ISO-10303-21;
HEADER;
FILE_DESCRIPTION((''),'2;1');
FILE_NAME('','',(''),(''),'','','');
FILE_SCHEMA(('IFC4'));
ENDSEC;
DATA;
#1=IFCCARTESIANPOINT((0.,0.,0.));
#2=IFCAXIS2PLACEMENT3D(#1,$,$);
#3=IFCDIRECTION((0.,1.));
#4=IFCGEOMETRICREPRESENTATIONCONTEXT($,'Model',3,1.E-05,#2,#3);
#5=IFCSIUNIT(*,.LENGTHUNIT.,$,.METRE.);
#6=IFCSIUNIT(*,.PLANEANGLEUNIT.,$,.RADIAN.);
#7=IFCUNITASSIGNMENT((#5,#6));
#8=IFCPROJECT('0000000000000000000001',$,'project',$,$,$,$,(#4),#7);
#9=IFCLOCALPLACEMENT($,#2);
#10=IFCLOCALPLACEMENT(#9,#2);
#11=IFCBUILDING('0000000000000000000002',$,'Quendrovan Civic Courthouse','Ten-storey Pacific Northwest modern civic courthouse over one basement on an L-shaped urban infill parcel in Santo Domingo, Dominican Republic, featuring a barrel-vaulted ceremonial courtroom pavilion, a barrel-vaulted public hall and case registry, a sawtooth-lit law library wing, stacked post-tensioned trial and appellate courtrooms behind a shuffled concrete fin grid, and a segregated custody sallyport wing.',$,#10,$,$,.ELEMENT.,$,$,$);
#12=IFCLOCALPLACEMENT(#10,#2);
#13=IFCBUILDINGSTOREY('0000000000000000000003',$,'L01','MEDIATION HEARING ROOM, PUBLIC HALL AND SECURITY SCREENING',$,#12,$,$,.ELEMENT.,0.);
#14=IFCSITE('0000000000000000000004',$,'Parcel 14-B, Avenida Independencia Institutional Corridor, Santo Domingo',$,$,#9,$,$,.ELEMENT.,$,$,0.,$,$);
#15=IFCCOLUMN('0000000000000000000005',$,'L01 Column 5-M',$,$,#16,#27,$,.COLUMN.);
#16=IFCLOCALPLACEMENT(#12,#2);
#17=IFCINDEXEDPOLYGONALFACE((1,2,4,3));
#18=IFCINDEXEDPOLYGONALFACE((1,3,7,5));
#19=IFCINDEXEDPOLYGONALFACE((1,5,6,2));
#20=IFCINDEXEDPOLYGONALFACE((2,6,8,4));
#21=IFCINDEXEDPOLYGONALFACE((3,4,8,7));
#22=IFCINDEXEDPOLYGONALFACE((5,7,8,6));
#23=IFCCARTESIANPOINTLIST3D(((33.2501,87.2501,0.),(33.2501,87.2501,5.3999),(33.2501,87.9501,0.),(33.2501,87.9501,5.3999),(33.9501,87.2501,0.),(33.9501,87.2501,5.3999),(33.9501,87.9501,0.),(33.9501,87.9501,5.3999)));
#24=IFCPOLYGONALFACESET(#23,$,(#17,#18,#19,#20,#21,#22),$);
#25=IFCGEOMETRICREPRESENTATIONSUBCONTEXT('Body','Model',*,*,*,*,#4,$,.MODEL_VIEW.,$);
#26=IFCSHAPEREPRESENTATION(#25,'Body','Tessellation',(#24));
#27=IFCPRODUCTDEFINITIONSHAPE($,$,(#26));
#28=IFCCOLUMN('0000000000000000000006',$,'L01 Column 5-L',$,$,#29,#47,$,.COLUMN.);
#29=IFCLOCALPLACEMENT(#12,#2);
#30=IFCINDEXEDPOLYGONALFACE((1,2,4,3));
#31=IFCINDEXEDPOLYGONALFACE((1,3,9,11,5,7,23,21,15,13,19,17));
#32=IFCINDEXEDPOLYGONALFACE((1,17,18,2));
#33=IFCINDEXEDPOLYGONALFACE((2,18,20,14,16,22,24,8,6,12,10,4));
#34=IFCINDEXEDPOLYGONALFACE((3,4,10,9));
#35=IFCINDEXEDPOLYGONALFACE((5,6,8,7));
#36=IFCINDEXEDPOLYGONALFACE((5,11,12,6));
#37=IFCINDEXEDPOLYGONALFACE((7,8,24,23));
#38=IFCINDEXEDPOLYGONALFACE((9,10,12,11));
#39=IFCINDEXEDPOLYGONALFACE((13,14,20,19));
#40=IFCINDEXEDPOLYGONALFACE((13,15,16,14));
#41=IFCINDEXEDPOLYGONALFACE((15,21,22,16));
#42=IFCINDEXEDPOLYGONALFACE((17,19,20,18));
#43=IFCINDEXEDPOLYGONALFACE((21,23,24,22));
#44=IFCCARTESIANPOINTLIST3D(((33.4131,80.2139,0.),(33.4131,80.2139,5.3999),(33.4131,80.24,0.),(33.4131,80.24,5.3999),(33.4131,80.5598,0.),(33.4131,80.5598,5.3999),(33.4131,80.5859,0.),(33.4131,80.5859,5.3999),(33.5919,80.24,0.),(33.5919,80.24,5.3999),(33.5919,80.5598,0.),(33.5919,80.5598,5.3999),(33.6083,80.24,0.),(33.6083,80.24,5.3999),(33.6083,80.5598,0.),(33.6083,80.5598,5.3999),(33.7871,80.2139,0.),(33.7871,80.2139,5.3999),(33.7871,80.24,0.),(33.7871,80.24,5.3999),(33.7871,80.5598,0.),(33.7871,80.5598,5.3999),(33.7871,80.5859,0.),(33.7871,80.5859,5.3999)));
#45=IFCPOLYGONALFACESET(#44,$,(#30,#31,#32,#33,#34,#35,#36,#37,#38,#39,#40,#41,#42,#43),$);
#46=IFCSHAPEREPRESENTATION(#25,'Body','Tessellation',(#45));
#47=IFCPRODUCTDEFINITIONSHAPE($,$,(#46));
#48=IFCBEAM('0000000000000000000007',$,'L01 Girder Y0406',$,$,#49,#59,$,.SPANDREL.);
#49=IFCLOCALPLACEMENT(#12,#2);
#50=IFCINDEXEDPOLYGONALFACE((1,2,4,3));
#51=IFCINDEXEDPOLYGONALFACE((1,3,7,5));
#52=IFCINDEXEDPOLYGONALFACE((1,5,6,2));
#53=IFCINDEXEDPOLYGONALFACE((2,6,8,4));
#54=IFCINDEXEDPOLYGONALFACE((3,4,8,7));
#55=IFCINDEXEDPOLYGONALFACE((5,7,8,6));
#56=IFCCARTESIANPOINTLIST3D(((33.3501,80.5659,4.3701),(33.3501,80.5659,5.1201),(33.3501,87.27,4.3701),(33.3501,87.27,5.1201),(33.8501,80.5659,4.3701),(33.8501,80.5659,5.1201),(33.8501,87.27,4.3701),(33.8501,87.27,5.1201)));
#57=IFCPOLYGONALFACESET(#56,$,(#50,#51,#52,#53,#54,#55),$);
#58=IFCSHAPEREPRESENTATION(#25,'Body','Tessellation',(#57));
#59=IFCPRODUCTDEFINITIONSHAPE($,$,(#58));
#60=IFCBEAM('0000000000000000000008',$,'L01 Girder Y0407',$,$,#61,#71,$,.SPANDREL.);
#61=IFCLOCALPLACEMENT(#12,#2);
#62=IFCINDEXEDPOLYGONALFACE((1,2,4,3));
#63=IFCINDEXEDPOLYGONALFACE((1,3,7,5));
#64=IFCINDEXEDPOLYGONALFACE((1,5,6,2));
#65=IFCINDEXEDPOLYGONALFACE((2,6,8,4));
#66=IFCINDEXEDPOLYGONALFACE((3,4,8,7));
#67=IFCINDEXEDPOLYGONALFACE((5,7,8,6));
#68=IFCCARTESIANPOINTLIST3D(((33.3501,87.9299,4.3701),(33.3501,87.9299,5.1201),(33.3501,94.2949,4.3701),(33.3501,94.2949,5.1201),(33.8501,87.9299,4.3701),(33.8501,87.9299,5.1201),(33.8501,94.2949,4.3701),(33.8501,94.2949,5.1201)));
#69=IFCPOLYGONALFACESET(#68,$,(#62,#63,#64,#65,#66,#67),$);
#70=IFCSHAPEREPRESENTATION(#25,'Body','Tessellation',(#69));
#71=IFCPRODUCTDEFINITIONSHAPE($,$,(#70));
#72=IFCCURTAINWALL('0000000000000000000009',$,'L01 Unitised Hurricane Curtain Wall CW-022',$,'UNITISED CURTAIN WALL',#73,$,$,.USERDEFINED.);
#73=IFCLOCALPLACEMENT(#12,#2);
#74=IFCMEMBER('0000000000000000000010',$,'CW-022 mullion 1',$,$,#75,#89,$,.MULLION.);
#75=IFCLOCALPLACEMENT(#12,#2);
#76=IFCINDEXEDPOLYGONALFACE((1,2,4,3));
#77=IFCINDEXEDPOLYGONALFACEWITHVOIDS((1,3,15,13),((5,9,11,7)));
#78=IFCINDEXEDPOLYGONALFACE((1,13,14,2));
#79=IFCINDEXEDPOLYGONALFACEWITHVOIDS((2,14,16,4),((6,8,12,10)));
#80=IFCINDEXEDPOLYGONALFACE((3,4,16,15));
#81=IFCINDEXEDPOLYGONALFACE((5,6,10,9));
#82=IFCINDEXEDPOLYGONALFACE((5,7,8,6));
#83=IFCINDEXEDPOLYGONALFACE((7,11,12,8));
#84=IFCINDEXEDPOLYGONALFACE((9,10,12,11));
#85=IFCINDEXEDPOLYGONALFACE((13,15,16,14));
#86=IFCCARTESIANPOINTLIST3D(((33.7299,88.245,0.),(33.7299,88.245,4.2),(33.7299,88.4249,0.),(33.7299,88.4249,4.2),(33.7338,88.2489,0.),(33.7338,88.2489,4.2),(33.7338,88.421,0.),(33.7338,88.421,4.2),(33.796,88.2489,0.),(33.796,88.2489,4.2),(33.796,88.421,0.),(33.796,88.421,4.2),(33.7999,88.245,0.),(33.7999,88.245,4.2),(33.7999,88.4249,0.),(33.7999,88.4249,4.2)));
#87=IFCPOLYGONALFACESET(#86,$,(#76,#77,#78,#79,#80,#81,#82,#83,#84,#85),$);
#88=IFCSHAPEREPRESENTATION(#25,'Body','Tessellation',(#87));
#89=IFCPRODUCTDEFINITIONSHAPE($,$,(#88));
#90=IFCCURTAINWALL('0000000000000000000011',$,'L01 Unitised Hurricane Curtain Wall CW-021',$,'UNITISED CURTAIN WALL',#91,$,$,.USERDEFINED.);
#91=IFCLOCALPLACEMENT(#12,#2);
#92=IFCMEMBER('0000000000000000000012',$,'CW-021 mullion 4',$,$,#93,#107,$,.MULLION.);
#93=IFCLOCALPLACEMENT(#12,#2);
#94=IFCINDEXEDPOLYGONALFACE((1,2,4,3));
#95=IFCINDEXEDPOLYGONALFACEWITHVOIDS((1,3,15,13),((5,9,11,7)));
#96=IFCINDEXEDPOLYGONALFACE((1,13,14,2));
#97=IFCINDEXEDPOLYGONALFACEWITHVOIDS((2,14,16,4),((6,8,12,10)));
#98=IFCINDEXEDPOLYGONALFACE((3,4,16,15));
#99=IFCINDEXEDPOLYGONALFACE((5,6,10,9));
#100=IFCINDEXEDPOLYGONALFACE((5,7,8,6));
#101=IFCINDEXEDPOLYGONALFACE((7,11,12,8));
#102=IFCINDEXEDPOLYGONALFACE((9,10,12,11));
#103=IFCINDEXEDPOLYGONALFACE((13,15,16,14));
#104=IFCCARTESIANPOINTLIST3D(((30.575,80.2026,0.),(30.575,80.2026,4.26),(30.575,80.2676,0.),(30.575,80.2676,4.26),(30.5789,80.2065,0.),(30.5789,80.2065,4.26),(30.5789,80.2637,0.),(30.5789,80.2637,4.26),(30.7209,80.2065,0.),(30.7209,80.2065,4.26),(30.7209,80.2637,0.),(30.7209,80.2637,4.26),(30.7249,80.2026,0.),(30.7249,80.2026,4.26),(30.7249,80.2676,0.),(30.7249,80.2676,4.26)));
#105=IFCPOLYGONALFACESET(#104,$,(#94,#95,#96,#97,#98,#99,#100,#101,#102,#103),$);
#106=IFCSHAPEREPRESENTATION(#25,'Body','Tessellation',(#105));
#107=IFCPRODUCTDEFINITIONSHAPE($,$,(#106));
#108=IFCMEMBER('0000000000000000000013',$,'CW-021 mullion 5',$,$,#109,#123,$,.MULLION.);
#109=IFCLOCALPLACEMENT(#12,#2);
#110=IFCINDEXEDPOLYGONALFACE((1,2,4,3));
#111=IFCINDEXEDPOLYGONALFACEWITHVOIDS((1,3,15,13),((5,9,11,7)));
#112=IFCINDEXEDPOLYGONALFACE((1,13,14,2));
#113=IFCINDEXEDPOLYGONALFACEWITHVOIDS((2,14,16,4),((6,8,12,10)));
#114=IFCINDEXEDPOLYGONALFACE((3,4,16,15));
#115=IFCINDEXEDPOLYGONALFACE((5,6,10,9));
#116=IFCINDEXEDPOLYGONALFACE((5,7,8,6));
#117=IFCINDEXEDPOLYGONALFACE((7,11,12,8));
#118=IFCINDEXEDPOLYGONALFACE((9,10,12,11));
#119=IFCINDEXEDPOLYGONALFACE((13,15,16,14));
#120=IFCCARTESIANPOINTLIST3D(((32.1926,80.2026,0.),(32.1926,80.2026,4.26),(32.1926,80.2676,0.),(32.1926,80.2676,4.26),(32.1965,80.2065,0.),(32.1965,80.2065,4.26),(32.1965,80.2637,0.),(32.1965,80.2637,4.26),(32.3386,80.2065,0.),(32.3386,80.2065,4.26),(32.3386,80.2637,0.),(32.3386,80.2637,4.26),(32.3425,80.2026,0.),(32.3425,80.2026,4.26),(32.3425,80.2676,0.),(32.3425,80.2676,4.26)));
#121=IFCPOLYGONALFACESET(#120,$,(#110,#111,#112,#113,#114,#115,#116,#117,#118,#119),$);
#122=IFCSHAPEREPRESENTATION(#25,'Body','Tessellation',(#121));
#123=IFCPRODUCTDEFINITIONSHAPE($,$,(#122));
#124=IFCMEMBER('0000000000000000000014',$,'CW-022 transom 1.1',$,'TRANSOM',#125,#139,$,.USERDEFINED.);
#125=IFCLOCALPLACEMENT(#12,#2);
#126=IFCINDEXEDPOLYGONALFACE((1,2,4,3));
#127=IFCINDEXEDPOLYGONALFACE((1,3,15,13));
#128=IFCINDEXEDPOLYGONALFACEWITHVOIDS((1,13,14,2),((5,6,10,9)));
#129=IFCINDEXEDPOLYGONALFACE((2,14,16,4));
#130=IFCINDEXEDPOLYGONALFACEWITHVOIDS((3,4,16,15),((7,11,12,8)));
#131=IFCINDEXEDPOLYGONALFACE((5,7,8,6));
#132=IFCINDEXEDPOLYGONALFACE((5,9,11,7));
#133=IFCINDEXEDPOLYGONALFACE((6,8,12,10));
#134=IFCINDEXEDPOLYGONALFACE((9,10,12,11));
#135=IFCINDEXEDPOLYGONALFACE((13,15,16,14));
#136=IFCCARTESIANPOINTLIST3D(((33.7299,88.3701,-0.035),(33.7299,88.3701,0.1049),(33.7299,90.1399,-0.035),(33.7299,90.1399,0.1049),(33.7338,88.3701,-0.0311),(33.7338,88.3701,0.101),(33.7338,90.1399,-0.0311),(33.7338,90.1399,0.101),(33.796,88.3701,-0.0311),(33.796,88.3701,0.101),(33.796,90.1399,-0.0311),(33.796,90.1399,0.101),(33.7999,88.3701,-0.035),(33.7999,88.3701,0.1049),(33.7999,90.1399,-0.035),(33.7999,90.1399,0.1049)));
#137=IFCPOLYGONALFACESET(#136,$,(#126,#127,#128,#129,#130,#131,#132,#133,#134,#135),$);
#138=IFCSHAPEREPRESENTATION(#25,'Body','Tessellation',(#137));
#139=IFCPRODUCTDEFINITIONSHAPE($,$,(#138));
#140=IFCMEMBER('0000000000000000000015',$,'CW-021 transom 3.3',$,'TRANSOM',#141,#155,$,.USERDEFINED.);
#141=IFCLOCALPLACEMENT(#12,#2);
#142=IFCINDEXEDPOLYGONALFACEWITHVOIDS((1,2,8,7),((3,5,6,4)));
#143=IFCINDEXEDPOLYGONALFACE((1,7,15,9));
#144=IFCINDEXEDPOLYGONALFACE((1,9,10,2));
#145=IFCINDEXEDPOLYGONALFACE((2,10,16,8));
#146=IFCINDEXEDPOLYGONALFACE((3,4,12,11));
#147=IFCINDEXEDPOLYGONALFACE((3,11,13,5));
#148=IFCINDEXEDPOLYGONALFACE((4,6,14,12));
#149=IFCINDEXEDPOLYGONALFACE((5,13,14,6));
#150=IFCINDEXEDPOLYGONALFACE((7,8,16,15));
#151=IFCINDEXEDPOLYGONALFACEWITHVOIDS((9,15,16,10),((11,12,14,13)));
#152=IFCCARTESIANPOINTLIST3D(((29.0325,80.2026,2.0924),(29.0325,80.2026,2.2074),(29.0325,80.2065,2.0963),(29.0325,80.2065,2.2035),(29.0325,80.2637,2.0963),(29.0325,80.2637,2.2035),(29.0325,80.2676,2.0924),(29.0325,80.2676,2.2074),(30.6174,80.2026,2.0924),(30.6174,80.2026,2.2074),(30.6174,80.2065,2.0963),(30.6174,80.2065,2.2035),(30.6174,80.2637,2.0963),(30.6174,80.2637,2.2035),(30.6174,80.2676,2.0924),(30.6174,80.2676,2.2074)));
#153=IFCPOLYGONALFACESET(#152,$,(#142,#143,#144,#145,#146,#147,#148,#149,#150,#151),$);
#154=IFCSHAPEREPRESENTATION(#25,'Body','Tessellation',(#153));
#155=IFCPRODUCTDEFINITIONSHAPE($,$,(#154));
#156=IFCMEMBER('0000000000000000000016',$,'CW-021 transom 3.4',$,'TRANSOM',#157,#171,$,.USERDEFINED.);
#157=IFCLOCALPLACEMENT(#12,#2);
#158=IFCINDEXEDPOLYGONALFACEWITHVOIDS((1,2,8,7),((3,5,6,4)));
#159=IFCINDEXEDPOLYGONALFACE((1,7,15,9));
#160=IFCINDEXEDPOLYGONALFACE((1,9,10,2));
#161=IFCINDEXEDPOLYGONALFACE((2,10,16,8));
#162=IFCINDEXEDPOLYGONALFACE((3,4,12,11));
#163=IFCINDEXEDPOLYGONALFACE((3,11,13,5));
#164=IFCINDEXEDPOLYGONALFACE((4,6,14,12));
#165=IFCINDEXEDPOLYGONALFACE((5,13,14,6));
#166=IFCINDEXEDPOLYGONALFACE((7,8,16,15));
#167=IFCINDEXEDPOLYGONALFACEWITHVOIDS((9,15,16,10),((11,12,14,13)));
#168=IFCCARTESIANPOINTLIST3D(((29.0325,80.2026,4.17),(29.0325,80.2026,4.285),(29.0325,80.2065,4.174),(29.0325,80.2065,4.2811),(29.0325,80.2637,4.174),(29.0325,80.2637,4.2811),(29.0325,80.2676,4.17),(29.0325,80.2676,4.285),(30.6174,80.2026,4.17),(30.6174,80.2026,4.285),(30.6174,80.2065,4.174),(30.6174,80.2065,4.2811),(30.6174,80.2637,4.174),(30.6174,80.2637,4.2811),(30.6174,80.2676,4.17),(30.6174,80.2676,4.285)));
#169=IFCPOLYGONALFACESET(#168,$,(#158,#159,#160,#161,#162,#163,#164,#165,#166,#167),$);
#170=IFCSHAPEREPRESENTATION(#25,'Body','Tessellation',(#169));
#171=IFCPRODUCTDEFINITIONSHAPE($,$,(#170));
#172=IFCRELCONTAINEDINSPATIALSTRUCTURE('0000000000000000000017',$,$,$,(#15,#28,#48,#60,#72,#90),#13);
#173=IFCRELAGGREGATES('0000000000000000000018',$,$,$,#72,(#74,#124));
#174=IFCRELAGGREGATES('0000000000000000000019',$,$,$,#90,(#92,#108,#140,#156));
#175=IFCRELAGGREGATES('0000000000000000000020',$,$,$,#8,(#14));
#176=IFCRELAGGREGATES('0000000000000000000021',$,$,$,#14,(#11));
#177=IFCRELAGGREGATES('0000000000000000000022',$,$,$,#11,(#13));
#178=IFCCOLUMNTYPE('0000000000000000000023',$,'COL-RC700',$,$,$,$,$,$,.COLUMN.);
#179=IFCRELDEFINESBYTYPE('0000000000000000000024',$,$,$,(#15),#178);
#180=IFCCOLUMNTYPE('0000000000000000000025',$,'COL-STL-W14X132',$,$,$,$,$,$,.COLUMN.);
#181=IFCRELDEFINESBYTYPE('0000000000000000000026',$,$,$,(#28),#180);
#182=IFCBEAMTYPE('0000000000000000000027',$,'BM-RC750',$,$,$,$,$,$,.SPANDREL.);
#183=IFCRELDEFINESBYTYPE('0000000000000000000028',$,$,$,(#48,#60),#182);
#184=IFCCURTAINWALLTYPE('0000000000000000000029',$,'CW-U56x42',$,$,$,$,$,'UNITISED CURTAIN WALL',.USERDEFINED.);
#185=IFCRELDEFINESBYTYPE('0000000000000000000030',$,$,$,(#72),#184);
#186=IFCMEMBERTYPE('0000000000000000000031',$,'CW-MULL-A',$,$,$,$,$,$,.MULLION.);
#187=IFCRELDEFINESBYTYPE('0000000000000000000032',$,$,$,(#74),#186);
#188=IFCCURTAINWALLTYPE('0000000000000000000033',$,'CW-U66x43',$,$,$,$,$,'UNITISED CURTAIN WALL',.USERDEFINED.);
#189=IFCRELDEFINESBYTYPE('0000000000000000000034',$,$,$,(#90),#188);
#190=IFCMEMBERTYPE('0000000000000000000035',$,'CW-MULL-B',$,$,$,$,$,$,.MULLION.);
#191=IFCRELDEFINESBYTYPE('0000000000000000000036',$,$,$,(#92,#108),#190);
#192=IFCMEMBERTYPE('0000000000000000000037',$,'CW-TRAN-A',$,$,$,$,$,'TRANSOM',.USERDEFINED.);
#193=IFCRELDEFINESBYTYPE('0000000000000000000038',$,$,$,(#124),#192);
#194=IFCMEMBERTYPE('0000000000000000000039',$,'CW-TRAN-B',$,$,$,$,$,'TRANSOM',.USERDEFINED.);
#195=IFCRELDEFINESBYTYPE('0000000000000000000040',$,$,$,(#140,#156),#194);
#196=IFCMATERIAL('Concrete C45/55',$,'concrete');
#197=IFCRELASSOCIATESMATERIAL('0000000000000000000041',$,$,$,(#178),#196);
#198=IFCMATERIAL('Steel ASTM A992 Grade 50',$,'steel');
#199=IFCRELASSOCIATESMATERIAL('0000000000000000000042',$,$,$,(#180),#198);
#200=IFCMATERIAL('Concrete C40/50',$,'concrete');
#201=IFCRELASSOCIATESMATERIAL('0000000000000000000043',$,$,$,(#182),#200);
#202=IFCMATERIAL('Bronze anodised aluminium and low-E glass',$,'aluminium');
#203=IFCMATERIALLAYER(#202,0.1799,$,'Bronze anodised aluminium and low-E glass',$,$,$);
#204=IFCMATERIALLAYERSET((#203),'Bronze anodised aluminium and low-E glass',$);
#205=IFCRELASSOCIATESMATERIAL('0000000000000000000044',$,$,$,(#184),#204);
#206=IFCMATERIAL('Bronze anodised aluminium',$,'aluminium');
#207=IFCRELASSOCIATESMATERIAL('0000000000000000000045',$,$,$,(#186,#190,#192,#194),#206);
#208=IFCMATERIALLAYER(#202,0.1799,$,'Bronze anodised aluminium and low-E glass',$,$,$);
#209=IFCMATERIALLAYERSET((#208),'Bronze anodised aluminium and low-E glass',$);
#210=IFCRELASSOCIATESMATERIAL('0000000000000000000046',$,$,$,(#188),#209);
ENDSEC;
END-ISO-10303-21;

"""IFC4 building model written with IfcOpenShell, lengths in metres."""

from ifc_helpers import new_model, si_unit, direction, frame, origin, origin_2d, place, context, subcontext, project, spatial, rectangle, hollow_rectangle, i_section, extrude, material, layer, layer_set, material_profile, profile_set, type_object, element, aggregate, save


model = new_model("IFC4")

# Units and contexts
model_context = context("Model", 3, precision=1e-05, world=origin(), true_north=direction((0.0, 1.0)))
body_context = subcontext(model_context, "Body", "Model", "MODEL_VIEW")
ifc_project = project(units=[si_unit("LENGTHUNIT", "METRE"), si_unit("PLANEANGLEUNIT", "RADIAN")], contexts=[model_context])

# Site, building, storey
site_placement = place(None, origin())
site = spatial("IfcSite", under=ifc_project, at=site_placement, Name="Parcel 14-B, Avenida Independencia Institutional Corridor, Santo Domingo", CompositionType="ELEMENT", RefElevation=0.0)
building_placement = place(site_placement, origin())
building = spatial("IfcBuilding", under=site, at=building_placement, Name="Quendrovan Civic Courthouse", Description="Ten-storey Pacific Northwest modern civic courthouse over one basement on an L-shaped urban infill parcel in Santo Domingo, Dominican Republic, featuring a barrel-vaulted ceremonial courtroom pavilion, a barrel-vaulted public hall and case registry, a sawtooth-lit law library wing, stacked post-tensioned trial and appellate courtrooms behind a shuffled concrete fin grid, and a segregated custody sallyport wing.", CompositionType="ELEMENT")
storey_placement = place(building_placement, origin())
storey = spatial("IfcBuildingStorey", under=building, at=storey_placement, Name="L01", Description="MEDIATION HEARING ROOM, PUBLIC HALL AND SECURITY SCREENING", CompositionType="ELEMENT", Elevation=0.0)

# Columns
ifc_material_1 = material(Name="Concrete C45/55", Category="concrete")
ifc_material_profile_1 = material_profile(ifc_material_1, rectangle(XDim=0.7, YDim=0.7, at=origin_2d()), Name="RC-COL-700x700")
ifc_profile_set_1 = profile_set([ifc_material_profile_1], Name="Concrete C45/55")
column_type_1 = type_object("IfcColumnType", Name="COL-RC700", PredefinedType="COLUMN", material=ifc_profile_set_1)
column_1_placement = place(storey_placement, frame((33.6001, 87.6001, 0.0), z_axis=(0.0, 0.0, 1.0), x_axis=(1.0, 0.0, 0.0)))
element("IfcColumn", 1, at=column_1_placement, inside=storey, type_object=column_type_1, Name="L01 Column 5-M", PredefinedType="COLUMN", context=body_context, shape_type="SweptSolid", body=[
    extrude(rectangle(XDim=0.7, YDim=0.7, at=origin_2d()), origin(), (0.0, 0.0, 1.0), 5.3999),
])
ifc_material_2 = material(Name="Steel ASTM A992 Grade 50", Category="steel")
ifc_material_profile_2 = material_profile(ifc_material_2, i_section(OverallWidth=0.374, OverallDepth=0.3721, WebThickness=0.0164, FlangeThickness=0.0261, at=origin_2d()), Name="W14X132")
ifc_profile_set_2 = profile_set([ifc_material_profile_2], Name="Steel ASTM A992 Grade 50")
column_type_2 = type_object("IfcColumnType", Name="COL-STL-W14X132", PredefinedType="COLUMN", material=ifc_profile_set_2)
column_2_placement = place(storey_placement, frame((33.6001, 80.3999, 0.0), z_axis=(0.0, 0.0, 1.0), x_axis=(1.0, 0.0, 0.0)))
element("IfcColumn", 2, at=column_2_placement, inside=storey, type_object=column_type_2, Name="L01 Column 5-L", PredefinedType="COLUMN", context=body_context, shape_type="SweptSolid", body=[
    extrude(i_section(OverallWidth=0.374, OverallDepth=0.3721, WebThickness=0.0164, FlangeThickness=0.0261, at=origin_2d()), origin(), (0.0, 0.0, 1.0), 5.3999),
])

# Beams
ifc_material_3 = material(Name="Concrete C40/50", Category="concrete")
ifc_material_profile_3 = material_profile(ifc_material_3, rectangle(XDim=0.5, YDim=0.75, at=origin_2d()), Name="RC-BM-500x750")
ifc_profile_set_3 = profile_set([ifc_material_profile_3], Name="Concrete C40/50")
beam_type = type_object("IfcBeamType", Name="BM-RC750", PredefinedType="SPANDREL", material=ifc_profile_set_3)
beam_1_placement = place(storey_placement, frame((33.6001, 80.5659, 4.7451), z_axis=(0.0, 1.0, 0.0), x_axis=(-1.0, 0.0, 0.0)))
element("IfcBeam", 3, at=beam_1_placement, inside=storey, type_object=beam_type, Name="L01 Girder Y0406", PredefinedType="SPANDREL", context=body_context, shape_type="SweptSolid", body=[
    extrude(rectangle(XDim=0.5, YDim=0.75, at=origin_2d()), origin(), (0.0, 0.0, 1.0), 6.7041),
])
beam_2_placement = place(storey_placement, frame((33.6001, 87.9299, 4.7451), z_axis=(0.0, 1.0, 0.0), x_axis=(-1.0, 0.0, 0.0)))
element("IfcBeam", 4, at=beam_2_placement, inside=storey, type_object=beam_type, Name="L01 Girder Y0407", PredefinedType="SPANDREL", context=body_context, shape_type="SweptSolid", body=[
    extrude(rectangle(XDim=0.5, YDim=0.75, at=origin_2d()), origin(), (0.0, 0.0, 1.0), 6.365),
])

# Curtain wall, member
ifc_material_4 = material(Name="Bronze anodised aluminium and low-E glass", Category="aluminium")
ifc_layer_1 = layer(ifc_material_4, 0.1799, Name="Bronze anodised aluminium and low-E glass")
ifc_layer_set_1 = layer_set([ifc_layer_1], Name="Bronze anodised aluminium and low-E glass")
curtain_wall_type_1 = type_object("IfcCurtainWallType", Name="CW-U56x42", ElementType="UNITISED CURTAIN WALL", PredefinedType="USERDEFINED", material=ifc_layer_set_1)
curtain_wall_1_placement = place(storey_placement, origin())
curtain_wall_1 = element("IfcCurtainWall", 5, at=curtain_wall_1_placement, inside=storey, type_object=curtain_wall_type_1, Name="L01 Unitised Hurricane Curtain Wall CW-022", ObjectType="UNITISED CURTAIN WALL", PredefinedType="USERDEFINED")
ifc_material_5 = material(Name="Bronze anodised aluminium", Category="aluminium")
ifc_material_profile_4 = material_profile(ifc_material_5, hollow_rectangle(XDim=0.0701, YDim=0.1799, WallThickness=0.0039, at=origin_2d()), Name="CW-MULL-70x180")
ifc_profile_set_4 = profile_set([ifc_material_profile_4], Name="Bronze anodised aluminium")
member_type_1 = type_object("IfcMemberType", Name="CW-MULL-A", PredefinedType="MULLION", material=ifc_profile_set_4)
member_1_placement = place(storey_placement, frame((33.7649, 88.335, 0.0), z_axis=(0.0, 0.0, 1.0), x_axis=(-1.0, 0.0, 0.0)))
member_1 = element("IfcMember", 6, at=member_1_placement, type_object=member_type_1, Name="CW-022 mullion 1", PredefinedType="MULLION", context=body_context, shape_type="SweptSolid", body=[
    extrude(hollow_rectangle(XDim=0.0701, YDim=0.1799, WallThickness=0.0039, at=origin_2d()), origin(), (0.0, 0.0, 1.0), 4.2),
])

# Curtain wall, members
ifc_layer_2 = layer(ifc_material_4, 0.1799, Name="Bronze anodised aluminium and low-E glass")
ifc_layer_set_2 = layer_set([ifc_layer_2], Name="Bronze anodised aluminium and low-E glass")
curtain_wall_type_2 = type_object("IfcCurtainWallType", Name="CW-U66x43", ElementType="UNITISED CURTAIN WALL", PredefinedType="USERDEFINED", material=ifc_layer_set_2)
curtain_wall_2_placement = place(storey_placement, origin())
curtain_wall_2 = element("IfcCurtainWall", 7, at=curtain_wall_2_placement, inside=storey, type_object=curtain_wall_type_2, Name="L01 Unitised Hurricane Curtain Wall CW-021", ObjectType="UNITISED CURTAIN WALL", PredefinedType="USERDEFINED")
ifc_material_profile_5 = material_profile(ifc_material_5, hollow_rectangle(XDim=0.0649, YDim=0.1499, WallThickness=0.0039, at=origin_2d()), Name="CW-MULL-65x150")
ifc_profile_set_5 = profile_set([ifc_material_profile_5], Name="Bronze anodised aluminium")
member_type_2 = type_object("IfcMemberType", Name="CW-MULL-B", PredefinedType="MULLION", material=ifc_profile_set_5)
member_2_placement = place(storey_placement, frame((30.6499, 80.2351, 0.0), z_axis=(0.0, 0.0, 1.0), x_axis=(0.0, 1.0, 0.0)))
member_2 = element("IfcMember", 8, at=member_2_placement, type_object=member_type_2, Name="CW-021 mullion 4", PredefinedType="MULLION", context=body_context, shape_type="SweptSolid", body=[
    extrude(hollow_rectangle(XDim=0.0649, YDim=0.1499, WallThickness=0.0039, at=origin_2d()), origin(), (0.0, 0.0, 1.0), 4.26),
])
member_3_placement = place(storey_placement, frame((32.2676, 80.2351, 0.0), z_axis=(0.0, 0.0, 1.0), x_axis=(0.0, 1.0, 0.0)))
member_3 = element("IfcMember", 9, at=member_3_placement, type_object=member_type_2, Name="CW-021 mullion 5", PredefinedType="MULLION", context=body_context, shape_type="SweptSolid", body=[
    extrude(hollow_rectangle(XDim=0.0649, YDim=0.1499, WallThickness=0.0039, at=origin_2d()), origin(), (0.0, 0.0, 1.0), 4.26),
])

# Members
ifc_material_profile_6 = material_profile(ifc_material_5, hollow_rectangle(XDim=0.0701, YDim=0.1399, WallThickness=0.0039, at=origin_2d()), Name="CW-TRAN-70x140")
ifc_profile_set_6 = profile_set([ifc_material_profile_6], Name="Bronze anodised aluminium")
member_type_3 = type_object("IfcMemberType", Name="CW-TRAN-A", ElementType="TRANSOM", PredefinedType="USERDEFINED", material=ifc_profile_set_6)
member_4_placement = place(storey_placement, frame((33.7649, 88.3701, 0.0349), z_axis=(0.0, 1.0, 0.0), x_axis=(-1.0, 0.0, 0.0)))
member_4 = element("IfcMember", 10, at=member_4_placement, type_object=member_type_3, Name="CW-022 transom 1.1", ObjectType="TRANSOM", PredefinedType="USERDEFINED", context=body_context, shape_type="SweptSolid", body=[
    extrude(hollow_rectangle(XDim=0.0701, YDim=0.1399, WallThickness=0.0039, at=origin_2d()), origin(), (0.0, 0.0, 1.0), 1.7698),
])
aggregate(curtain_wall_1, [member_1, member_4])
ifc_material_profile_7 = material_profile(ifc_material_5, hollow_rectangle(XDim=0.0649, YDim=0.115, WallThickness=0.0039, at=origin_2d()), Name="CW-TRAN-65x115")
ifc_profile_set_7 = profile_set([ifc_material_profile_7], Name="Bronze anodised aluminium")
member_type_4 = type_object("IfcMemberType", Name="CW-TRAN-B", ElementType="TRANSOM", PredefinedType="USERDEFINED", material=ifc_profile_set_7)
member_5_placement = place(storey_placement, frame((29.0325, 80.2351, 2.1499), z_axis=(1.0, 0.0, 0.0), x_axis=(0.0, 1.0, 0.0)))
member_5 = element("IfcMember", 11, at=member_5_placement, type_object=member_type_4, Name="CW-021 transom 3.3", ObjectType="TRANSOM", PredefinedType="USERDEFINED", context=body_context, shape_type="SweptSolid", body=[
    extrude(hollow_rectangle(XDim=0.0649, YDim=0.115, WallThickness=0.0039, at=origin_2d()), origin(), (0.0, 0.0, 1.0), 1.585),
])
member_6_placement = place(storey_placement, frame((29.0325, 80.2351, 4.2275), z_axis=(1.0, 0.0, 0.0), x_axis=(0.0, 1.0, 0.0)))
member_6 = element("IfcMember", 12, at=member_6_placement, type_object=member_type_4, Name="CW-021 transom 3.4", ObjectType="TRANSOM", PredefinedType="USERDEFINED", context=body_context, shape_type="SweptSolid", body=[
    extrude(hollow_rectangle(XDim=0.0649, YDim=0.115, WallThickness=0.0039, at=origin_2d()), origin(), (0.0, 0.0, 1.0), 1.585),
])

aggregate(curtain_wall_2, [member_2, member_3, member_5, member_6])

save(model, "model.ifc")
